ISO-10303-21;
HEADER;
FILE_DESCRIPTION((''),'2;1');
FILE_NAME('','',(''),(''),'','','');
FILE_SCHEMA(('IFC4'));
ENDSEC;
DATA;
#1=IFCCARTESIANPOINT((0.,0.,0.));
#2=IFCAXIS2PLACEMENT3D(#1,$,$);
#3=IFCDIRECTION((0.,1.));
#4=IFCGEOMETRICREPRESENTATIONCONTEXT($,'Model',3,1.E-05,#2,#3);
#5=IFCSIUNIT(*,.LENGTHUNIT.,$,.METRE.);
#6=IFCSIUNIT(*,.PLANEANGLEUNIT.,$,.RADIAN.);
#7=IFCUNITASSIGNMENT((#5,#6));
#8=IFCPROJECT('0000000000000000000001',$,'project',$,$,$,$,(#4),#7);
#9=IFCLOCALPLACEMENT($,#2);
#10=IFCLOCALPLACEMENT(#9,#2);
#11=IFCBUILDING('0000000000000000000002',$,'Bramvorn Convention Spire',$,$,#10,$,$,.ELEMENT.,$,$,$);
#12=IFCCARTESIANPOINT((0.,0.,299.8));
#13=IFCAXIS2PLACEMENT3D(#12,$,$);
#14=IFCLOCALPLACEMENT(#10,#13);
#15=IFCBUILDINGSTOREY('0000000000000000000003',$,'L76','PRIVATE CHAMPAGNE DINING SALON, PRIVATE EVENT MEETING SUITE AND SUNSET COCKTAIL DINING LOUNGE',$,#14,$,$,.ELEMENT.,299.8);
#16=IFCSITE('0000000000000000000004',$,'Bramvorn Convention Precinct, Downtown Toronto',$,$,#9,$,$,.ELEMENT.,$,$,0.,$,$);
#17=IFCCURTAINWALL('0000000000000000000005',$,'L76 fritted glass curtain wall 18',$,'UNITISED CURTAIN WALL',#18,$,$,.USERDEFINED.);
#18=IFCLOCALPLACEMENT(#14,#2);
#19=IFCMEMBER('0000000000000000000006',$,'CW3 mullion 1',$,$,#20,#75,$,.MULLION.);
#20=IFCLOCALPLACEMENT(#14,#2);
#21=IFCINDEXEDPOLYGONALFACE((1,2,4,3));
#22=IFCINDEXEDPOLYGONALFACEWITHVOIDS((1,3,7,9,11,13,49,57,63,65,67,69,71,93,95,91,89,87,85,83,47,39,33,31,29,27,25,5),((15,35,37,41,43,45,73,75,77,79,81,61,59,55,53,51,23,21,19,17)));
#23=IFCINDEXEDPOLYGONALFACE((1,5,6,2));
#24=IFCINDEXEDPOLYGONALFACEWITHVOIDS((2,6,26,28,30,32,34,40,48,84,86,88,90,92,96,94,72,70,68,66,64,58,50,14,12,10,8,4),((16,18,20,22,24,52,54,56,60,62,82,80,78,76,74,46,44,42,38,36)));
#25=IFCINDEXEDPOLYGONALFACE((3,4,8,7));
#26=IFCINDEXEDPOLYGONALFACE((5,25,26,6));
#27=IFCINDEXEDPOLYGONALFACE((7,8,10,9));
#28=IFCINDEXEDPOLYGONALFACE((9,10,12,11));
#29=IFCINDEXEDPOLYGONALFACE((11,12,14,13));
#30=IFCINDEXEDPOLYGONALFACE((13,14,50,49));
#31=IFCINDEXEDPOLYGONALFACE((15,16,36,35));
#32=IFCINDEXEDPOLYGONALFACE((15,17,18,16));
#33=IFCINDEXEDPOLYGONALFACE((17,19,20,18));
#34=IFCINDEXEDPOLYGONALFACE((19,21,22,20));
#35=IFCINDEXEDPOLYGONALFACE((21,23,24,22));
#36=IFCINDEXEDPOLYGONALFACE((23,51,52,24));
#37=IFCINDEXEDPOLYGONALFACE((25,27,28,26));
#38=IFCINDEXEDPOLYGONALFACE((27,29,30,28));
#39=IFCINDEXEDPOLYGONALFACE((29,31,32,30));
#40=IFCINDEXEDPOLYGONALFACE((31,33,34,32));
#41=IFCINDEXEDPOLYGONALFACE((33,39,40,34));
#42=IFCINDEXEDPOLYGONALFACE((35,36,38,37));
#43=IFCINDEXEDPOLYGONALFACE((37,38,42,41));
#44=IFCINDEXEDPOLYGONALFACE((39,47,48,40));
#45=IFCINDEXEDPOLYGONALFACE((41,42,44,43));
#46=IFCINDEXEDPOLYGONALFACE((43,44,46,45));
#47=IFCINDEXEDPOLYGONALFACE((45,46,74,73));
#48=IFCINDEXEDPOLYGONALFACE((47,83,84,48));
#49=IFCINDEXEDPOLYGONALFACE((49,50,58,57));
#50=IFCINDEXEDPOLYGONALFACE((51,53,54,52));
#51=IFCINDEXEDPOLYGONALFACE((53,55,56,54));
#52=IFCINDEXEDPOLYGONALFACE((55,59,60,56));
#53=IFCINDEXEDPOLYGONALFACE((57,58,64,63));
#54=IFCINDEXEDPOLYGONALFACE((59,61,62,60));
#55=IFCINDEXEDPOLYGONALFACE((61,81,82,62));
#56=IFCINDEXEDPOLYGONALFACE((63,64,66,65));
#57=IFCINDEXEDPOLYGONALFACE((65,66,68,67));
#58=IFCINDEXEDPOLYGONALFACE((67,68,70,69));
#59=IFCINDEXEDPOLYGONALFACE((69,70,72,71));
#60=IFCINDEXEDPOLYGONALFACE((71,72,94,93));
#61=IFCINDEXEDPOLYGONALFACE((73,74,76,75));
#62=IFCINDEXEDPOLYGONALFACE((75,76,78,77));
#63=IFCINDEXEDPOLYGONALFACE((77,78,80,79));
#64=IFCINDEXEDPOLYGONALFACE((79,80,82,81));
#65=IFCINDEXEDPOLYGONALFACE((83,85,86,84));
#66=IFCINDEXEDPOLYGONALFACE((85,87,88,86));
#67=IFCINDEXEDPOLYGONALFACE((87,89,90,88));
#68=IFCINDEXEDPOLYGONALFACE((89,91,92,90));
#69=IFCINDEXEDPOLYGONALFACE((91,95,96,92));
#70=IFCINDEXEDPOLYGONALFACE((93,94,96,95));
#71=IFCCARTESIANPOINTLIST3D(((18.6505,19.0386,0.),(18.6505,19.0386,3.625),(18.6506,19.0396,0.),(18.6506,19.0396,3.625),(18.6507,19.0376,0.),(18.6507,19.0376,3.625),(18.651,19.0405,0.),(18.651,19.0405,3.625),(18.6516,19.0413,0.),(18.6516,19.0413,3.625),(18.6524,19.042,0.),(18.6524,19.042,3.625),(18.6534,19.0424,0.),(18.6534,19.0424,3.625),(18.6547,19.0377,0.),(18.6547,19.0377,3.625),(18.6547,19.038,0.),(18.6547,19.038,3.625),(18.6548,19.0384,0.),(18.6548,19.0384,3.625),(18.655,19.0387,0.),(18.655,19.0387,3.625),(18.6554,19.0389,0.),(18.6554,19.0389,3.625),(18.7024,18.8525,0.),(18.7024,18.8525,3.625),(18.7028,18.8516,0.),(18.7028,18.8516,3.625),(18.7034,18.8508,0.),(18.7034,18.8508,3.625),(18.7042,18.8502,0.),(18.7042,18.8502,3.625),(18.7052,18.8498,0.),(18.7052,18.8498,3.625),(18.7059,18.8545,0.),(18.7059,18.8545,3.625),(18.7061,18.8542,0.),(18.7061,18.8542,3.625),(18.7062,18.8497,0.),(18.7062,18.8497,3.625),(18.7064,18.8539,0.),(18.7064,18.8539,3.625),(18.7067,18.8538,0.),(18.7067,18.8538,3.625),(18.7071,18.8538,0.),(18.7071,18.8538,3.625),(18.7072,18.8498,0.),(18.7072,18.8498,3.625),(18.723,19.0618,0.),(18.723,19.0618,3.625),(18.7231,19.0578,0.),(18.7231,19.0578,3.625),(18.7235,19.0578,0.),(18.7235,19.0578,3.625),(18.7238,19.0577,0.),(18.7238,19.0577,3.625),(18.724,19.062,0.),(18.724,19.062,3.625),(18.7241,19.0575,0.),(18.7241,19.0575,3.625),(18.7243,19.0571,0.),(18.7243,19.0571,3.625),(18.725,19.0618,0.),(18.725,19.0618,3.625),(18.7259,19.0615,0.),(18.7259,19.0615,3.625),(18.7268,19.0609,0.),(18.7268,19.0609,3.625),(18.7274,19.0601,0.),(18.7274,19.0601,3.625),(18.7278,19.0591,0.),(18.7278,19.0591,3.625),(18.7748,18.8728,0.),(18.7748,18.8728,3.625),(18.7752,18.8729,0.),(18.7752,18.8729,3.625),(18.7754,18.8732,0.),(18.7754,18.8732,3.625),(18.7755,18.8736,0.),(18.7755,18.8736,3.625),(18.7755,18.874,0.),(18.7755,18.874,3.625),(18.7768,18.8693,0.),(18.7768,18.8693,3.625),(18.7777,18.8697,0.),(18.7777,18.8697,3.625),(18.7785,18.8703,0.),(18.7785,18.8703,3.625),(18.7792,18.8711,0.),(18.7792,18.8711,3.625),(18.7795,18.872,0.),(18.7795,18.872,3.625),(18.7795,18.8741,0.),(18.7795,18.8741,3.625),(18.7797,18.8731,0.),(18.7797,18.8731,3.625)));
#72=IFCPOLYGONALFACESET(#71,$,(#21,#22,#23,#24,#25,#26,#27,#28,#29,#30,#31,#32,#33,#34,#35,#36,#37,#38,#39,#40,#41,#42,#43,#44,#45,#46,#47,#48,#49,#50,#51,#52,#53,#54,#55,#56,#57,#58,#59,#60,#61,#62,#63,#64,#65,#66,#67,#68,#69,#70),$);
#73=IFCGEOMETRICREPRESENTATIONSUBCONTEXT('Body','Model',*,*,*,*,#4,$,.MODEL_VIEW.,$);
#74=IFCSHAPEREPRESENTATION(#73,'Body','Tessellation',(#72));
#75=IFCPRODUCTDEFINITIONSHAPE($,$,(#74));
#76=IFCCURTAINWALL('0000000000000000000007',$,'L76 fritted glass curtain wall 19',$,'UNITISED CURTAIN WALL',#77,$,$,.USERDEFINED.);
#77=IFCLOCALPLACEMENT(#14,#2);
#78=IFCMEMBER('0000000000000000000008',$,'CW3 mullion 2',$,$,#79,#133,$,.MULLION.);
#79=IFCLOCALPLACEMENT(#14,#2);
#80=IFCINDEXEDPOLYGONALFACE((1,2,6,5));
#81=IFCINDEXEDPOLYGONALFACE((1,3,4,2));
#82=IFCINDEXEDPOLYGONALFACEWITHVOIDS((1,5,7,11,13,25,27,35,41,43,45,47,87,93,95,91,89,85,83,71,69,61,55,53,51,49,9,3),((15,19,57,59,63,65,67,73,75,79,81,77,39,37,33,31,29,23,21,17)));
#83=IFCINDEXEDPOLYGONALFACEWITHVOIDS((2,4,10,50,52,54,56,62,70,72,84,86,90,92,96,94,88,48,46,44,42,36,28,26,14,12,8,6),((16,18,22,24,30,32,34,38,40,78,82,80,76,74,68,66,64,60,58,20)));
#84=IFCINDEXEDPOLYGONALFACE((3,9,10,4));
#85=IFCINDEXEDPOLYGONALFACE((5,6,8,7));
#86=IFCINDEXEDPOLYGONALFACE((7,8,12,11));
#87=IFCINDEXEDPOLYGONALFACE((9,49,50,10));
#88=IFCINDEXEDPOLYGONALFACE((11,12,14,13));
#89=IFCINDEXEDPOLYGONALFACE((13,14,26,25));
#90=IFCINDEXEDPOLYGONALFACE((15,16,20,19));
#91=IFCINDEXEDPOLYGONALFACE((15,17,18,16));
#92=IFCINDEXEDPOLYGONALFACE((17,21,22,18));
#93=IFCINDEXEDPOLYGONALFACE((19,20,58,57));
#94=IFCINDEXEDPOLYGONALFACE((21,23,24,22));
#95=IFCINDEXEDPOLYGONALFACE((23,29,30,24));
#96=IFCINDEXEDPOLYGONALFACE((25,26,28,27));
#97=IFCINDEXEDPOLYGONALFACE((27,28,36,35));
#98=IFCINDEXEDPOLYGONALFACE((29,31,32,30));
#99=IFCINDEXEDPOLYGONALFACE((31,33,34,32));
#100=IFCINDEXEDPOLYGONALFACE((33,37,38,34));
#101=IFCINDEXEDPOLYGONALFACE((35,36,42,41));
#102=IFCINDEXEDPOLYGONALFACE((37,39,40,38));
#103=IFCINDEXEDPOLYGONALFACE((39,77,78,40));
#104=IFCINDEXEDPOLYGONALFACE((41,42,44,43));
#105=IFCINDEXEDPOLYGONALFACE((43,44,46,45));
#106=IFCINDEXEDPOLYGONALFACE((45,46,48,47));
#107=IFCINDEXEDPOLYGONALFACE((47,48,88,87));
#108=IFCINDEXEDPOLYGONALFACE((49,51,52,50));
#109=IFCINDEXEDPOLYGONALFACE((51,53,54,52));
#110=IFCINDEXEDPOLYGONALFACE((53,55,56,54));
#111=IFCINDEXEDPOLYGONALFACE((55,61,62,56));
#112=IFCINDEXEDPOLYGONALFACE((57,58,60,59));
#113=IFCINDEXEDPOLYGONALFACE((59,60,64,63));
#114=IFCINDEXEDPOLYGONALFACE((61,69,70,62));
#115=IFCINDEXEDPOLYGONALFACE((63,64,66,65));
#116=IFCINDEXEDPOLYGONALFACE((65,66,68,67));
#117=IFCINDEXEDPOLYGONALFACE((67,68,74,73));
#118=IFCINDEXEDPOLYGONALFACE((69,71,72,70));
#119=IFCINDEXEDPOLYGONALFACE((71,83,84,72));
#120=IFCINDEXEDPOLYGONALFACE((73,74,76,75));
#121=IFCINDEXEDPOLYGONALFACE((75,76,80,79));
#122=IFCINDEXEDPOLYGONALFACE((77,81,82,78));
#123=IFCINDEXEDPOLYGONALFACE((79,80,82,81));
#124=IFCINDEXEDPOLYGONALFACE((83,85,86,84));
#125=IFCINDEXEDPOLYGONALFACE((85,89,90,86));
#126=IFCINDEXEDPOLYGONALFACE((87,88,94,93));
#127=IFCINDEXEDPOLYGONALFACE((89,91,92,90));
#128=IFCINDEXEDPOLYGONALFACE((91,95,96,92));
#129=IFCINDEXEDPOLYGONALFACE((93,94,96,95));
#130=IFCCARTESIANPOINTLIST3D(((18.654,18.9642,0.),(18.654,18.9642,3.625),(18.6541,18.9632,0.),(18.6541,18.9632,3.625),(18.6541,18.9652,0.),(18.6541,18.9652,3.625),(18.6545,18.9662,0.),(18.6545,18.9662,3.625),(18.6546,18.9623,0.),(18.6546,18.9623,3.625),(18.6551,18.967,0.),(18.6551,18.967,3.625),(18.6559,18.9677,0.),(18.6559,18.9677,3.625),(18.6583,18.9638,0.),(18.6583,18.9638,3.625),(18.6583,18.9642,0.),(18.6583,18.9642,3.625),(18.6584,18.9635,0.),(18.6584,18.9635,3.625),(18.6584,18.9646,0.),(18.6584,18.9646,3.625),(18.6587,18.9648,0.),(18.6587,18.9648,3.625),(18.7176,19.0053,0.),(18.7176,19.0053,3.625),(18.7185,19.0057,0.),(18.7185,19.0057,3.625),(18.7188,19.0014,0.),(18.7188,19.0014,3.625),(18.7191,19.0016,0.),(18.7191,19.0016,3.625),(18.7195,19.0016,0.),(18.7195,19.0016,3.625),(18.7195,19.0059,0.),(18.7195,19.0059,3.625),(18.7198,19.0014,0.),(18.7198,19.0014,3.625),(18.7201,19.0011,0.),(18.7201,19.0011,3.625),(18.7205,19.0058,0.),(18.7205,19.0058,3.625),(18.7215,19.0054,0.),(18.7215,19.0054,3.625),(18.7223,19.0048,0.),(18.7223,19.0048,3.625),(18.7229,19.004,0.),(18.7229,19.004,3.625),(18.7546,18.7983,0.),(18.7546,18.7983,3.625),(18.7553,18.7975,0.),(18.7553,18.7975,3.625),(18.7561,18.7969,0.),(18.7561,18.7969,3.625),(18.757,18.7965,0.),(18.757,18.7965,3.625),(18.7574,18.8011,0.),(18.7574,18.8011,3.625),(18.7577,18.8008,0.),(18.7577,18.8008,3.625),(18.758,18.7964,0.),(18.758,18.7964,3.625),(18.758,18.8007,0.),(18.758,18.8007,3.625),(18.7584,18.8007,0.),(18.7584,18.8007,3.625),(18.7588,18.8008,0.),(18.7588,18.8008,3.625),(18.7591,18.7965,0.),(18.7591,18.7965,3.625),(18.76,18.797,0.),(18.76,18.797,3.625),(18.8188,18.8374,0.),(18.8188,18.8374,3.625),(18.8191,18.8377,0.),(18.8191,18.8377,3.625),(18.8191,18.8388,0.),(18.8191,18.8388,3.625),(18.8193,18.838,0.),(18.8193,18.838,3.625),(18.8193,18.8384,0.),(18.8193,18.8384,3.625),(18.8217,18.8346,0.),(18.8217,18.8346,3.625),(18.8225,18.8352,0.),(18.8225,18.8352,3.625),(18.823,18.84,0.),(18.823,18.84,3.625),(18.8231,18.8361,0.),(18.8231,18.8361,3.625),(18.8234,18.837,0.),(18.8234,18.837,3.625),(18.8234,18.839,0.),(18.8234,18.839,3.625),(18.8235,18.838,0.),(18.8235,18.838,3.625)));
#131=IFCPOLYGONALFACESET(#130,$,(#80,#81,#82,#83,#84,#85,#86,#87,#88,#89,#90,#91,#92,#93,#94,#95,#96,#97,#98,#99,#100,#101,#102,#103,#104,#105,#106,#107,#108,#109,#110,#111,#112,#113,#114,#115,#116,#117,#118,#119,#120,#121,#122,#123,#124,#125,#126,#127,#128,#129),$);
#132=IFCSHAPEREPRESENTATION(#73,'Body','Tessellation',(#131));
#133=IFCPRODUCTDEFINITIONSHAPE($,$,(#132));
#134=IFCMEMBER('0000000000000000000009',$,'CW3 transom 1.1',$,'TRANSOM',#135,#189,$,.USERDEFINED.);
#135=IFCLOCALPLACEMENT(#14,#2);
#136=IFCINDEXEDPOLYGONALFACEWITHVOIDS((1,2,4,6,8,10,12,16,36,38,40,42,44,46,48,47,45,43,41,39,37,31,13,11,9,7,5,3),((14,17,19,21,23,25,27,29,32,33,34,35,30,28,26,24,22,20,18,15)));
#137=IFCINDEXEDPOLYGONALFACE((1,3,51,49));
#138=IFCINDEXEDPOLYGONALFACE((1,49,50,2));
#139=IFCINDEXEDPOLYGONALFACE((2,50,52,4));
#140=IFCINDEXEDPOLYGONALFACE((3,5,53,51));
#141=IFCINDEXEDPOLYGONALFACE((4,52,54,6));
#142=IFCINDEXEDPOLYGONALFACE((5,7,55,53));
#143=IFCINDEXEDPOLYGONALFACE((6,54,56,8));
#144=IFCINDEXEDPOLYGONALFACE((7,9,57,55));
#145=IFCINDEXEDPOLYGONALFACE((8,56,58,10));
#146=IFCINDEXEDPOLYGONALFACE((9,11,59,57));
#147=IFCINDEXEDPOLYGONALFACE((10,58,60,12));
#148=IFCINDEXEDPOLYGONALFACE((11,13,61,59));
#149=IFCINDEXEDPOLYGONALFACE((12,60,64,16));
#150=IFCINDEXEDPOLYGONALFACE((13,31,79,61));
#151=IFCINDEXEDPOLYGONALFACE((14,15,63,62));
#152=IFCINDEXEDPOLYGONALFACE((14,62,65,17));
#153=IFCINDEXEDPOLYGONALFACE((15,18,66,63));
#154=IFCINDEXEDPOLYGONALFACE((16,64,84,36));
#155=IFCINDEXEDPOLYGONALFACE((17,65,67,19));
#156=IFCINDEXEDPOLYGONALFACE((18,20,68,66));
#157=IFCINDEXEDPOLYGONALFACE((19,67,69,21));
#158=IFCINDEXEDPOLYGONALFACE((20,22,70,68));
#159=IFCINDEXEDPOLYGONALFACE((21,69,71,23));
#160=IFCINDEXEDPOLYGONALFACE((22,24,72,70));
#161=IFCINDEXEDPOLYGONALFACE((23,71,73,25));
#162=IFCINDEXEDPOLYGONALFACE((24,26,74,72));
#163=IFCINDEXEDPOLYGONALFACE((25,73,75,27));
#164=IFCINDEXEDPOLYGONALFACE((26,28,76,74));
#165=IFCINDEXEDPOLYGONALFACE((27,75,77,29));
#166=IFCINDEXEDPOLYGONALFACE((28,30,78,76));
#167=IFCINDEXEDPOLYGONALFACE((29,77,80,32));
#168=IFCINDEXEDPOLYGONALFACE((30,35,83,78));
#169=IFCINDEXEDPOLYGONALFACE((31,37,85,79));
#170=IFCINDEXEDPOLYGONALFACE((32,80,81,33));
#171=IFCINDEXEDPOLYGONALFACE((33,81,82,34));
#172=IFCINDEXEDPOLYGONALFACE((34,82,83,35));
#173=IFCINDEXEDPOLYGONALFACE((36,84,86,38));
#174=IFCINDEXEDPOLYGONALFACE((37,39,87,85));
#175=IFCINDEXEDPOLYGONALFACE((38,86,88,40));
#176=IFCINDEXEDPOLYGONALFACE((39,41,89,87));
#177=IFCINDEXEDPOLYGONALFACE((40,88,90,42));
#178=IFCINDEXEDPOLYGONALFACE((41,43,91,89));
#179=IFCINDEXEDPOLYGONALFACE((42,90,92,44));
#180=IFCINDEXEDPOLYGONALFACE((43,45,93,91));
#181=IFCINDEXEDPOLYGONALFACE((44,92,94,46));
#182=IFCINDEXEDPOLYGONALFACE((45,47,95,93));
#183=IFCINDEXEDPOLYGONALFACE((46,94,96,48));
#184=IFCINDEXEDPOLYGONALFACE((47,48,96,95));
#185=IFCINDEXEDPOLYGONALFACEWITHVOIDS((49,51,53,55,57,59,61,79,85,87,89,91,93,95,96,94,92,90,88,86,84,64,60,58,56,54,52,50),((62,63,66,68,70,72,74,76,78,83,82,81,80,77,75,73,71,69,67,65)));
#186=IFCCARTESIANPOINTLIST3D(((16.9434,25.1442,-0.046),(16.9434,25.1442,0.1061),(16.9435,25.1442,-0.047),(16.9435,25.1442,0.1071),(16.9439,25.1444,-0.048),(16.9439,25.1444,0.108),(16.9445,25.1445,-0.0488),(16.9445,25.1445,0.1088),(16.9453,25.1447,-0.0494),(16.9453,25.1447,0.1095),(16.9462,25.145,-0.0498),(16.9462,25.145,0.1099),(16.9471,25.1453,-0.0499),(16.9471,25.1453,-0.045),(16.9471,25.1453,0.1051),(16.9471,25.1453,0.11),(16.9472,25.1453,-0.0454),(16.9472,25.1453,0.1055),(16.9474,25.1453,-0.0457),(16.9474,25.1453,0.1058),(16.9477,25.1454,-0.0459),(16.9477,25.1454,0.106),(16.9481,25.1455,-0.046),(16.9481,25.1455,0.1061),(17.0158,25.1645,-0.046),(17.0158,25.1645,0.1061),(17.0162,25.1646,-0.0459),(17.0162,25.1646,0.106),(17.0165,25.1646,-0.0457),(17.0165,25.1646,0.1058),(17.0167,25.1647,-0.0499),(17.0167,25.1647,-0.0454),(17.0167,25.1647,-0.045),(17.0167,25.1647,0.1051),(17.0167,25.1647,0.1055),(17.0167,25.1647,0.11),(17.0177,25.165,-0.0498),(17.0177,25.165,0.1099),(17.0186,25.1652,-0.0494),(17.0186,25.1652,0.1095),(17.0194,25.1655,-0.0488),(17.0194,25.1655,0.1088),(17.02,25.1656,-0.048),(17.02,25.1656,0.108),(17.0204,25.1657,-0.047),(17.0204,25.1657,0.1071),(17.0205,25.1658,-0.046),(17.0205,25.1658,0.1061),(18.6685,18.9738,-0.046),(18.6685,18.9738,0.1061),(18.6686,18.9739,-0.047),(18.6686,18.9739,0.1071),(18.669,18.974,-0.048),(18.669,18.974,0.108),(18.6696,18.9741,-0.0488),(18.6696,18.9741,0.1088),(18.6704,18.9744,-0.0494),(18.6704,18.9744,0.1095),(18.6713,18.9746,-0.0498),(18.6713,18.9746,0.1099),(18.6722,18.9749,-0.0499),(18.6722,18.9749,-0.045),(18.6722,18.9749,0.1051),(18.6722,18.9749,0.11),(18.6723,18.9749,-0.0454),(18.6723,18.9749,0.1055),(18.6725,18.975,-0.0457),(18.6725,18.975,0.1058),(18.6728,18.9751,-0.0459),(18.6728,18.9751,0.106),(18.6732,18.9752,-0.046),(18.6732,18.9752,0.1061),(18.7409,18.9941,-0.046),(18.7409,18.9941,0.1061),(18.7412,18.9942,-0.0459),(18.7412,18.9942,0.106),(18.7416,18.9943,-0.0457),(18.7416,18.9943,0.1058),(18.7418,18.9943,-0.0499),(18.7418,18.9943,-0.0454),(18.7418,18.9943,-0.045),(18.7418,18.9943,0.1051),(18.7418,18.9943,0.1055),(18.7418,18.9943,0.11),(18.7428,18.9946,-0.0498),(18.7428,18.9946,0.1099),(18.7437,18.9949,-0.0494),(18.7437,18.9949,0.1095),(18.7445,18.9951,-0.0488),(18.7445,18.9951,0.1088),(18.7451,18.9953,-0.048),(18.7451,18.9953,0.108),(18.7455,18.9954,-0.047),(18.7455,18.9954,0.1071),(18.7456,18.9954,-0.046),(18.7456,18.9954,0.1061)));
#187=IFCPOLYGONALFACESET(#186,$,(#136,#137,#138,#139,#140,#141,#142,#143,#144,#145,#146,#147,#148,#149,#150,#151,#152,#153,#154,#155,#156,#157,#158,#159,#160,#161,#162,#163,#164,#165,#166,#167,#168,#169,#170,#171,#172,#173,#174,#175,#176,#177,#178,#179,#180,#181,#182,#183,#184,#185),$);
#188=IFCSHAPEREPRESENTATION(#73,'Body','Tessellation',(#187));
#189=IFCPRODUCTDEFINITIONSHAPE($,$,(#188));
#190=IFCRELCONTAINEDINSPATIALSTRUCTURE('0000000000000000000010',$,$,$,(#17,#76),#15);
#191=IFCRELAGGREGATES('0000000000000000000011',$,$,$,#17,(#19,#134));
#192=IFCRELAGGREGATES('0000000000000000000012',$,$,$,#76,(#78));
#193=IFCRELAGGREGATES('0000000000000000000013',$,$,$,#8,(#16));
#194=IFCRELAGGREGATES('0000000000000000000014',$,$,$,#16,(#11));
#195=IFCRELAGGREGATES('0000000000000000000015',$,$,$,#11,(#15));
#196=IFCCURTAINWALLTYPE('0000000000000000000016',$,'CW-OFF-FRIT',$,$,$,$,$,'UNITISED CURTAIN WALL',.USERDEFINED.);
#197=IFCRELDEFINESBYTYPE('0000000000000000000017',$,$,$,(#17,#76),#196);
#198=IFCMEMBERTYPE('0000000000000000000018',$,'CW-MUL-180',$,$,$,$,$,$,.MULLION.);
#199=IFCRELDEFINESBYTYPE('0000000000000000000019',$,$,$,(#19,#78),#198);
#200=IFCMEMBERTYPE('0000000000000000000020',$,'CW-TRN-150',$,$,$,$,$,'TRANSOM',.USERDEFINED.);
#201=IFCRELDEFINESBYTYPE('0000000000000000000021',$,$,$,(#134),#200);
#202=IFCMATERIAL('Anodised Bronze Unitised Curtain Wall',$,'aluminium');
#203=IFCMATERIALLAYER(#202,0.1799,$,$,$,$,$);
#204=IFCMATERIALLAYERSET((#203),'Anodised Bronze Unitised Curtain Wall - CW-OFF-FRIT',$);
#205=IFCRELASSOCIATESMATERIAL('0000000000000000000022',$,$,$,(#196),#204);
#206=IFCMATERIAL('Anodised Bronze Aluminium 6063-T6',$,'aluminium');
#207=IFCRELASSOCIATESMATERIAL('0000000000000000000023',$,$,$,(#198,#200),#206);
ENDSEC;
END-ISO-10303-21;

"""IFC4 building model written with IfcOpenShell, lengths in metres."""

from ifc_helpers import new_model, si_unit, direction, frame, origin, origin_2d, place, context, subcontext, project, spatial, hollow_rectangle, extrude, material, layer, layer_set, material_profile, profile_set, type_object, element, aggregate, save


model = new_model("IFC4")

# Units and contexts
model_context = context("Model", 3, precision=1e-05, world=origin(), true_north=direction((0.0, 1.0)))
body_context = subcontext(model_context, "Body", "Model", "MODEL_VIEW")
ifc_project = project(units=[si_unit("LENGTHUNIT", "METRE"), si_unit("PLANEANGLEUNIT", "RADIAN")], contexts=[model_context])

# Site, building, storey
site_placement = place(None, origin())
site = spatial("IfcSite", under=ifc_project, at=site_placement, Name="Bramvorn Convention Precinct, Downtown Toronto", CompositionType="ELEMENT", RefElevation=0.0)
building_placement = place(site_placement, origin())
building = spatial("IfcBuilding", under=site, at=building_placement, Name="Bramvorn Convention Spire", CompositionType="ELEMENT")
storey_placement = place(building_placement, frame((0.0, 0.0, 299.8)))
storey = spatial("IfcBuildingStorey", under=building, at=storey_placement, Name="L76", Description="PRIVATE CHAMPAGNE DINING SALON, PRIVATE EVENT MEETING SUITE AND SUNSET COCKTAIL DINING LOUNGE", CompositionType="ELEMENT", Elevation=299.8)

# Curtain walls, members
ifc_material_1 = material(Name="Anodised Bronze Unitised Curtain Wall", Category="aluminium")
ifc_layer_1 = layer(ifc_material_1, 0.1799)
ifc_layer_set_1 = layer_set([ifc_layer_1], Name="Anodised Bronze Unitised Curtain Wall - CW-OFF-FRIT")
curtain_wall_type = type_object("IfcCurtainWallType", Name="CW-OFF-FRIT", ElementType="UNITISED CURTAIN WALL", PredefinedType="USERDEFINED", material=ifc_layer_set_1)
curtain_wall_1_placement = place(storey_placement, origin())
curtain_wall_1 = element("IfcCurtainWall", 1, at=curtain_wall_1_placement, inside=storey, type_object=curtain_wall_type, Name="L76 fritted glass curtain wall 18", ObjectType="UNITISED CURTAIN WALL", PredefinedType="USERDEFINED")
ifc_material_2 = material(Name="Anodised Bronze Aluminium 6063-T6", Category="aluminium")
ifc_material_profile_1 = material_profile(ifc_material_2, hollow_rectangle(XDim=0.0801, YDim=0.2, WallThickness=0.0039, InnerFilletRadius=0.001, OuterFilletRadius=0.0039, at=origin_2d()))
ifc_profile_set_1 = profile_set([ifc_material_profile_1], Name="Anodised Bronze Aluminium 6063-T6 - CWM80X200")
member_type_1 = type_object("IfcMemberType", Name="CW-MUL-180", PredefinedType="MULLION", material=ifc_profile_set_1)
member_1_placement = place(storey_placement, frame((18.7151, 18.9558, 0.0), z_axis=(0.0, 0.0, 1.0), x_axis=(-0.963073, -0.269239, 0.0)))
member_1 = element("IfcMember", 2, at=member_1_placement, type_object=member_type_1, Name="CW3 mullion 1", PredefinedType="MULLION", context=body_context, shape_type="SweptSolid", body=[
    extrude(hollow_rectangle(XDim=0.0801, YDim=0.2, WallThickness=0.0039, InnerFilletRadius=0.001, OuterFilletRadius=0.0039, at=origin_2d()), origin(), (0.0, 0.0, 1.0), 3.625),
])
curtain_wall_2_placement = place(storey_placement, origin())
curtain_wall_2 = element("IfcCurtainWall", 3, at=curtain_wall_2_placement, inside=storey, type_object=curtain_wall_type, Name="L76 fritted glass curtain wall 19", ObjectType="UNITISED CURTAIN WALL", PredefinedType="USERDEFINED")
member_2_placement = place(storey_placement, frame((18.7388, 18.9011, 0.0), z_axis=(0.0, 0.0, 1.0), x_axis=(-0.85372, -0.520732, 0.0)))
member_2 = element("IfcMember", 4, at=member_2_placement, type_object=member_type_1, Name="CW3 mullion 2", PredefinedType="MULLION", context=body_context, shape_type="SweptSolid", body=[
    extrude(hollow_rectangle(XDim=0.0801, YDim=0.2, WallThickness=0.0039, InnerFilletRadius=0.001, OuterFilletRadius=0.0039, at=origin_2d()), origin(), (0.0, 0.0, 1.0), 3.625),
])

# Member
ifc_material_profile_2 = material_profile(ifc_material_2, hollow_rectangle(XDim=0.0801, YDim=0.1599, WallThickness=0.0039, InnerFilletRadius=0.001, OuterFilletRadius=0.0039, at=origin_2d()))
ifc_profile_set_2 = profile_set([ifc_material_profile_2], Name="Anodised Bronze Aluminium 6063-T6 - CWT80X160")
member_type_2 = type_object("IfcMemberType", Name="CW-TRN-150", ElementType="TRANSOM", PredefinedType="USERDEFINED", material=ifc_profile_set_2)
member_3_placement = place(storey_placement, frame((18.707, 18.9846, 0.03), z_axis=(-0.269251, 0.96307, 0.0), x_axis=(-0.96307, -0.269251, 0.0)))
member_3 = element("IfcMember", 5, at=member_3_placement, type_object=member_type_2, Name="CW3 transom 1.1", ObjectType="TRANSOM", PredefinedType="USERDEFINED", context=body_context, shape_type="SweptSolid", body=[
    extrude(hollow_rectangle(XDim=0.0801, YDim=0.1599, WallThickness=0.0039, InnerFilletRadius=0.001, OuterFilletRadius=0.0039, at=origin_2d()), origin(), (0.0, 0.0, 1.0), 6.407),
])

aggregate(curtain_wall_1, [member_1, member_3])
aggregate(curtain_wall_2, [member_2])

save(model, "model.ifc")
